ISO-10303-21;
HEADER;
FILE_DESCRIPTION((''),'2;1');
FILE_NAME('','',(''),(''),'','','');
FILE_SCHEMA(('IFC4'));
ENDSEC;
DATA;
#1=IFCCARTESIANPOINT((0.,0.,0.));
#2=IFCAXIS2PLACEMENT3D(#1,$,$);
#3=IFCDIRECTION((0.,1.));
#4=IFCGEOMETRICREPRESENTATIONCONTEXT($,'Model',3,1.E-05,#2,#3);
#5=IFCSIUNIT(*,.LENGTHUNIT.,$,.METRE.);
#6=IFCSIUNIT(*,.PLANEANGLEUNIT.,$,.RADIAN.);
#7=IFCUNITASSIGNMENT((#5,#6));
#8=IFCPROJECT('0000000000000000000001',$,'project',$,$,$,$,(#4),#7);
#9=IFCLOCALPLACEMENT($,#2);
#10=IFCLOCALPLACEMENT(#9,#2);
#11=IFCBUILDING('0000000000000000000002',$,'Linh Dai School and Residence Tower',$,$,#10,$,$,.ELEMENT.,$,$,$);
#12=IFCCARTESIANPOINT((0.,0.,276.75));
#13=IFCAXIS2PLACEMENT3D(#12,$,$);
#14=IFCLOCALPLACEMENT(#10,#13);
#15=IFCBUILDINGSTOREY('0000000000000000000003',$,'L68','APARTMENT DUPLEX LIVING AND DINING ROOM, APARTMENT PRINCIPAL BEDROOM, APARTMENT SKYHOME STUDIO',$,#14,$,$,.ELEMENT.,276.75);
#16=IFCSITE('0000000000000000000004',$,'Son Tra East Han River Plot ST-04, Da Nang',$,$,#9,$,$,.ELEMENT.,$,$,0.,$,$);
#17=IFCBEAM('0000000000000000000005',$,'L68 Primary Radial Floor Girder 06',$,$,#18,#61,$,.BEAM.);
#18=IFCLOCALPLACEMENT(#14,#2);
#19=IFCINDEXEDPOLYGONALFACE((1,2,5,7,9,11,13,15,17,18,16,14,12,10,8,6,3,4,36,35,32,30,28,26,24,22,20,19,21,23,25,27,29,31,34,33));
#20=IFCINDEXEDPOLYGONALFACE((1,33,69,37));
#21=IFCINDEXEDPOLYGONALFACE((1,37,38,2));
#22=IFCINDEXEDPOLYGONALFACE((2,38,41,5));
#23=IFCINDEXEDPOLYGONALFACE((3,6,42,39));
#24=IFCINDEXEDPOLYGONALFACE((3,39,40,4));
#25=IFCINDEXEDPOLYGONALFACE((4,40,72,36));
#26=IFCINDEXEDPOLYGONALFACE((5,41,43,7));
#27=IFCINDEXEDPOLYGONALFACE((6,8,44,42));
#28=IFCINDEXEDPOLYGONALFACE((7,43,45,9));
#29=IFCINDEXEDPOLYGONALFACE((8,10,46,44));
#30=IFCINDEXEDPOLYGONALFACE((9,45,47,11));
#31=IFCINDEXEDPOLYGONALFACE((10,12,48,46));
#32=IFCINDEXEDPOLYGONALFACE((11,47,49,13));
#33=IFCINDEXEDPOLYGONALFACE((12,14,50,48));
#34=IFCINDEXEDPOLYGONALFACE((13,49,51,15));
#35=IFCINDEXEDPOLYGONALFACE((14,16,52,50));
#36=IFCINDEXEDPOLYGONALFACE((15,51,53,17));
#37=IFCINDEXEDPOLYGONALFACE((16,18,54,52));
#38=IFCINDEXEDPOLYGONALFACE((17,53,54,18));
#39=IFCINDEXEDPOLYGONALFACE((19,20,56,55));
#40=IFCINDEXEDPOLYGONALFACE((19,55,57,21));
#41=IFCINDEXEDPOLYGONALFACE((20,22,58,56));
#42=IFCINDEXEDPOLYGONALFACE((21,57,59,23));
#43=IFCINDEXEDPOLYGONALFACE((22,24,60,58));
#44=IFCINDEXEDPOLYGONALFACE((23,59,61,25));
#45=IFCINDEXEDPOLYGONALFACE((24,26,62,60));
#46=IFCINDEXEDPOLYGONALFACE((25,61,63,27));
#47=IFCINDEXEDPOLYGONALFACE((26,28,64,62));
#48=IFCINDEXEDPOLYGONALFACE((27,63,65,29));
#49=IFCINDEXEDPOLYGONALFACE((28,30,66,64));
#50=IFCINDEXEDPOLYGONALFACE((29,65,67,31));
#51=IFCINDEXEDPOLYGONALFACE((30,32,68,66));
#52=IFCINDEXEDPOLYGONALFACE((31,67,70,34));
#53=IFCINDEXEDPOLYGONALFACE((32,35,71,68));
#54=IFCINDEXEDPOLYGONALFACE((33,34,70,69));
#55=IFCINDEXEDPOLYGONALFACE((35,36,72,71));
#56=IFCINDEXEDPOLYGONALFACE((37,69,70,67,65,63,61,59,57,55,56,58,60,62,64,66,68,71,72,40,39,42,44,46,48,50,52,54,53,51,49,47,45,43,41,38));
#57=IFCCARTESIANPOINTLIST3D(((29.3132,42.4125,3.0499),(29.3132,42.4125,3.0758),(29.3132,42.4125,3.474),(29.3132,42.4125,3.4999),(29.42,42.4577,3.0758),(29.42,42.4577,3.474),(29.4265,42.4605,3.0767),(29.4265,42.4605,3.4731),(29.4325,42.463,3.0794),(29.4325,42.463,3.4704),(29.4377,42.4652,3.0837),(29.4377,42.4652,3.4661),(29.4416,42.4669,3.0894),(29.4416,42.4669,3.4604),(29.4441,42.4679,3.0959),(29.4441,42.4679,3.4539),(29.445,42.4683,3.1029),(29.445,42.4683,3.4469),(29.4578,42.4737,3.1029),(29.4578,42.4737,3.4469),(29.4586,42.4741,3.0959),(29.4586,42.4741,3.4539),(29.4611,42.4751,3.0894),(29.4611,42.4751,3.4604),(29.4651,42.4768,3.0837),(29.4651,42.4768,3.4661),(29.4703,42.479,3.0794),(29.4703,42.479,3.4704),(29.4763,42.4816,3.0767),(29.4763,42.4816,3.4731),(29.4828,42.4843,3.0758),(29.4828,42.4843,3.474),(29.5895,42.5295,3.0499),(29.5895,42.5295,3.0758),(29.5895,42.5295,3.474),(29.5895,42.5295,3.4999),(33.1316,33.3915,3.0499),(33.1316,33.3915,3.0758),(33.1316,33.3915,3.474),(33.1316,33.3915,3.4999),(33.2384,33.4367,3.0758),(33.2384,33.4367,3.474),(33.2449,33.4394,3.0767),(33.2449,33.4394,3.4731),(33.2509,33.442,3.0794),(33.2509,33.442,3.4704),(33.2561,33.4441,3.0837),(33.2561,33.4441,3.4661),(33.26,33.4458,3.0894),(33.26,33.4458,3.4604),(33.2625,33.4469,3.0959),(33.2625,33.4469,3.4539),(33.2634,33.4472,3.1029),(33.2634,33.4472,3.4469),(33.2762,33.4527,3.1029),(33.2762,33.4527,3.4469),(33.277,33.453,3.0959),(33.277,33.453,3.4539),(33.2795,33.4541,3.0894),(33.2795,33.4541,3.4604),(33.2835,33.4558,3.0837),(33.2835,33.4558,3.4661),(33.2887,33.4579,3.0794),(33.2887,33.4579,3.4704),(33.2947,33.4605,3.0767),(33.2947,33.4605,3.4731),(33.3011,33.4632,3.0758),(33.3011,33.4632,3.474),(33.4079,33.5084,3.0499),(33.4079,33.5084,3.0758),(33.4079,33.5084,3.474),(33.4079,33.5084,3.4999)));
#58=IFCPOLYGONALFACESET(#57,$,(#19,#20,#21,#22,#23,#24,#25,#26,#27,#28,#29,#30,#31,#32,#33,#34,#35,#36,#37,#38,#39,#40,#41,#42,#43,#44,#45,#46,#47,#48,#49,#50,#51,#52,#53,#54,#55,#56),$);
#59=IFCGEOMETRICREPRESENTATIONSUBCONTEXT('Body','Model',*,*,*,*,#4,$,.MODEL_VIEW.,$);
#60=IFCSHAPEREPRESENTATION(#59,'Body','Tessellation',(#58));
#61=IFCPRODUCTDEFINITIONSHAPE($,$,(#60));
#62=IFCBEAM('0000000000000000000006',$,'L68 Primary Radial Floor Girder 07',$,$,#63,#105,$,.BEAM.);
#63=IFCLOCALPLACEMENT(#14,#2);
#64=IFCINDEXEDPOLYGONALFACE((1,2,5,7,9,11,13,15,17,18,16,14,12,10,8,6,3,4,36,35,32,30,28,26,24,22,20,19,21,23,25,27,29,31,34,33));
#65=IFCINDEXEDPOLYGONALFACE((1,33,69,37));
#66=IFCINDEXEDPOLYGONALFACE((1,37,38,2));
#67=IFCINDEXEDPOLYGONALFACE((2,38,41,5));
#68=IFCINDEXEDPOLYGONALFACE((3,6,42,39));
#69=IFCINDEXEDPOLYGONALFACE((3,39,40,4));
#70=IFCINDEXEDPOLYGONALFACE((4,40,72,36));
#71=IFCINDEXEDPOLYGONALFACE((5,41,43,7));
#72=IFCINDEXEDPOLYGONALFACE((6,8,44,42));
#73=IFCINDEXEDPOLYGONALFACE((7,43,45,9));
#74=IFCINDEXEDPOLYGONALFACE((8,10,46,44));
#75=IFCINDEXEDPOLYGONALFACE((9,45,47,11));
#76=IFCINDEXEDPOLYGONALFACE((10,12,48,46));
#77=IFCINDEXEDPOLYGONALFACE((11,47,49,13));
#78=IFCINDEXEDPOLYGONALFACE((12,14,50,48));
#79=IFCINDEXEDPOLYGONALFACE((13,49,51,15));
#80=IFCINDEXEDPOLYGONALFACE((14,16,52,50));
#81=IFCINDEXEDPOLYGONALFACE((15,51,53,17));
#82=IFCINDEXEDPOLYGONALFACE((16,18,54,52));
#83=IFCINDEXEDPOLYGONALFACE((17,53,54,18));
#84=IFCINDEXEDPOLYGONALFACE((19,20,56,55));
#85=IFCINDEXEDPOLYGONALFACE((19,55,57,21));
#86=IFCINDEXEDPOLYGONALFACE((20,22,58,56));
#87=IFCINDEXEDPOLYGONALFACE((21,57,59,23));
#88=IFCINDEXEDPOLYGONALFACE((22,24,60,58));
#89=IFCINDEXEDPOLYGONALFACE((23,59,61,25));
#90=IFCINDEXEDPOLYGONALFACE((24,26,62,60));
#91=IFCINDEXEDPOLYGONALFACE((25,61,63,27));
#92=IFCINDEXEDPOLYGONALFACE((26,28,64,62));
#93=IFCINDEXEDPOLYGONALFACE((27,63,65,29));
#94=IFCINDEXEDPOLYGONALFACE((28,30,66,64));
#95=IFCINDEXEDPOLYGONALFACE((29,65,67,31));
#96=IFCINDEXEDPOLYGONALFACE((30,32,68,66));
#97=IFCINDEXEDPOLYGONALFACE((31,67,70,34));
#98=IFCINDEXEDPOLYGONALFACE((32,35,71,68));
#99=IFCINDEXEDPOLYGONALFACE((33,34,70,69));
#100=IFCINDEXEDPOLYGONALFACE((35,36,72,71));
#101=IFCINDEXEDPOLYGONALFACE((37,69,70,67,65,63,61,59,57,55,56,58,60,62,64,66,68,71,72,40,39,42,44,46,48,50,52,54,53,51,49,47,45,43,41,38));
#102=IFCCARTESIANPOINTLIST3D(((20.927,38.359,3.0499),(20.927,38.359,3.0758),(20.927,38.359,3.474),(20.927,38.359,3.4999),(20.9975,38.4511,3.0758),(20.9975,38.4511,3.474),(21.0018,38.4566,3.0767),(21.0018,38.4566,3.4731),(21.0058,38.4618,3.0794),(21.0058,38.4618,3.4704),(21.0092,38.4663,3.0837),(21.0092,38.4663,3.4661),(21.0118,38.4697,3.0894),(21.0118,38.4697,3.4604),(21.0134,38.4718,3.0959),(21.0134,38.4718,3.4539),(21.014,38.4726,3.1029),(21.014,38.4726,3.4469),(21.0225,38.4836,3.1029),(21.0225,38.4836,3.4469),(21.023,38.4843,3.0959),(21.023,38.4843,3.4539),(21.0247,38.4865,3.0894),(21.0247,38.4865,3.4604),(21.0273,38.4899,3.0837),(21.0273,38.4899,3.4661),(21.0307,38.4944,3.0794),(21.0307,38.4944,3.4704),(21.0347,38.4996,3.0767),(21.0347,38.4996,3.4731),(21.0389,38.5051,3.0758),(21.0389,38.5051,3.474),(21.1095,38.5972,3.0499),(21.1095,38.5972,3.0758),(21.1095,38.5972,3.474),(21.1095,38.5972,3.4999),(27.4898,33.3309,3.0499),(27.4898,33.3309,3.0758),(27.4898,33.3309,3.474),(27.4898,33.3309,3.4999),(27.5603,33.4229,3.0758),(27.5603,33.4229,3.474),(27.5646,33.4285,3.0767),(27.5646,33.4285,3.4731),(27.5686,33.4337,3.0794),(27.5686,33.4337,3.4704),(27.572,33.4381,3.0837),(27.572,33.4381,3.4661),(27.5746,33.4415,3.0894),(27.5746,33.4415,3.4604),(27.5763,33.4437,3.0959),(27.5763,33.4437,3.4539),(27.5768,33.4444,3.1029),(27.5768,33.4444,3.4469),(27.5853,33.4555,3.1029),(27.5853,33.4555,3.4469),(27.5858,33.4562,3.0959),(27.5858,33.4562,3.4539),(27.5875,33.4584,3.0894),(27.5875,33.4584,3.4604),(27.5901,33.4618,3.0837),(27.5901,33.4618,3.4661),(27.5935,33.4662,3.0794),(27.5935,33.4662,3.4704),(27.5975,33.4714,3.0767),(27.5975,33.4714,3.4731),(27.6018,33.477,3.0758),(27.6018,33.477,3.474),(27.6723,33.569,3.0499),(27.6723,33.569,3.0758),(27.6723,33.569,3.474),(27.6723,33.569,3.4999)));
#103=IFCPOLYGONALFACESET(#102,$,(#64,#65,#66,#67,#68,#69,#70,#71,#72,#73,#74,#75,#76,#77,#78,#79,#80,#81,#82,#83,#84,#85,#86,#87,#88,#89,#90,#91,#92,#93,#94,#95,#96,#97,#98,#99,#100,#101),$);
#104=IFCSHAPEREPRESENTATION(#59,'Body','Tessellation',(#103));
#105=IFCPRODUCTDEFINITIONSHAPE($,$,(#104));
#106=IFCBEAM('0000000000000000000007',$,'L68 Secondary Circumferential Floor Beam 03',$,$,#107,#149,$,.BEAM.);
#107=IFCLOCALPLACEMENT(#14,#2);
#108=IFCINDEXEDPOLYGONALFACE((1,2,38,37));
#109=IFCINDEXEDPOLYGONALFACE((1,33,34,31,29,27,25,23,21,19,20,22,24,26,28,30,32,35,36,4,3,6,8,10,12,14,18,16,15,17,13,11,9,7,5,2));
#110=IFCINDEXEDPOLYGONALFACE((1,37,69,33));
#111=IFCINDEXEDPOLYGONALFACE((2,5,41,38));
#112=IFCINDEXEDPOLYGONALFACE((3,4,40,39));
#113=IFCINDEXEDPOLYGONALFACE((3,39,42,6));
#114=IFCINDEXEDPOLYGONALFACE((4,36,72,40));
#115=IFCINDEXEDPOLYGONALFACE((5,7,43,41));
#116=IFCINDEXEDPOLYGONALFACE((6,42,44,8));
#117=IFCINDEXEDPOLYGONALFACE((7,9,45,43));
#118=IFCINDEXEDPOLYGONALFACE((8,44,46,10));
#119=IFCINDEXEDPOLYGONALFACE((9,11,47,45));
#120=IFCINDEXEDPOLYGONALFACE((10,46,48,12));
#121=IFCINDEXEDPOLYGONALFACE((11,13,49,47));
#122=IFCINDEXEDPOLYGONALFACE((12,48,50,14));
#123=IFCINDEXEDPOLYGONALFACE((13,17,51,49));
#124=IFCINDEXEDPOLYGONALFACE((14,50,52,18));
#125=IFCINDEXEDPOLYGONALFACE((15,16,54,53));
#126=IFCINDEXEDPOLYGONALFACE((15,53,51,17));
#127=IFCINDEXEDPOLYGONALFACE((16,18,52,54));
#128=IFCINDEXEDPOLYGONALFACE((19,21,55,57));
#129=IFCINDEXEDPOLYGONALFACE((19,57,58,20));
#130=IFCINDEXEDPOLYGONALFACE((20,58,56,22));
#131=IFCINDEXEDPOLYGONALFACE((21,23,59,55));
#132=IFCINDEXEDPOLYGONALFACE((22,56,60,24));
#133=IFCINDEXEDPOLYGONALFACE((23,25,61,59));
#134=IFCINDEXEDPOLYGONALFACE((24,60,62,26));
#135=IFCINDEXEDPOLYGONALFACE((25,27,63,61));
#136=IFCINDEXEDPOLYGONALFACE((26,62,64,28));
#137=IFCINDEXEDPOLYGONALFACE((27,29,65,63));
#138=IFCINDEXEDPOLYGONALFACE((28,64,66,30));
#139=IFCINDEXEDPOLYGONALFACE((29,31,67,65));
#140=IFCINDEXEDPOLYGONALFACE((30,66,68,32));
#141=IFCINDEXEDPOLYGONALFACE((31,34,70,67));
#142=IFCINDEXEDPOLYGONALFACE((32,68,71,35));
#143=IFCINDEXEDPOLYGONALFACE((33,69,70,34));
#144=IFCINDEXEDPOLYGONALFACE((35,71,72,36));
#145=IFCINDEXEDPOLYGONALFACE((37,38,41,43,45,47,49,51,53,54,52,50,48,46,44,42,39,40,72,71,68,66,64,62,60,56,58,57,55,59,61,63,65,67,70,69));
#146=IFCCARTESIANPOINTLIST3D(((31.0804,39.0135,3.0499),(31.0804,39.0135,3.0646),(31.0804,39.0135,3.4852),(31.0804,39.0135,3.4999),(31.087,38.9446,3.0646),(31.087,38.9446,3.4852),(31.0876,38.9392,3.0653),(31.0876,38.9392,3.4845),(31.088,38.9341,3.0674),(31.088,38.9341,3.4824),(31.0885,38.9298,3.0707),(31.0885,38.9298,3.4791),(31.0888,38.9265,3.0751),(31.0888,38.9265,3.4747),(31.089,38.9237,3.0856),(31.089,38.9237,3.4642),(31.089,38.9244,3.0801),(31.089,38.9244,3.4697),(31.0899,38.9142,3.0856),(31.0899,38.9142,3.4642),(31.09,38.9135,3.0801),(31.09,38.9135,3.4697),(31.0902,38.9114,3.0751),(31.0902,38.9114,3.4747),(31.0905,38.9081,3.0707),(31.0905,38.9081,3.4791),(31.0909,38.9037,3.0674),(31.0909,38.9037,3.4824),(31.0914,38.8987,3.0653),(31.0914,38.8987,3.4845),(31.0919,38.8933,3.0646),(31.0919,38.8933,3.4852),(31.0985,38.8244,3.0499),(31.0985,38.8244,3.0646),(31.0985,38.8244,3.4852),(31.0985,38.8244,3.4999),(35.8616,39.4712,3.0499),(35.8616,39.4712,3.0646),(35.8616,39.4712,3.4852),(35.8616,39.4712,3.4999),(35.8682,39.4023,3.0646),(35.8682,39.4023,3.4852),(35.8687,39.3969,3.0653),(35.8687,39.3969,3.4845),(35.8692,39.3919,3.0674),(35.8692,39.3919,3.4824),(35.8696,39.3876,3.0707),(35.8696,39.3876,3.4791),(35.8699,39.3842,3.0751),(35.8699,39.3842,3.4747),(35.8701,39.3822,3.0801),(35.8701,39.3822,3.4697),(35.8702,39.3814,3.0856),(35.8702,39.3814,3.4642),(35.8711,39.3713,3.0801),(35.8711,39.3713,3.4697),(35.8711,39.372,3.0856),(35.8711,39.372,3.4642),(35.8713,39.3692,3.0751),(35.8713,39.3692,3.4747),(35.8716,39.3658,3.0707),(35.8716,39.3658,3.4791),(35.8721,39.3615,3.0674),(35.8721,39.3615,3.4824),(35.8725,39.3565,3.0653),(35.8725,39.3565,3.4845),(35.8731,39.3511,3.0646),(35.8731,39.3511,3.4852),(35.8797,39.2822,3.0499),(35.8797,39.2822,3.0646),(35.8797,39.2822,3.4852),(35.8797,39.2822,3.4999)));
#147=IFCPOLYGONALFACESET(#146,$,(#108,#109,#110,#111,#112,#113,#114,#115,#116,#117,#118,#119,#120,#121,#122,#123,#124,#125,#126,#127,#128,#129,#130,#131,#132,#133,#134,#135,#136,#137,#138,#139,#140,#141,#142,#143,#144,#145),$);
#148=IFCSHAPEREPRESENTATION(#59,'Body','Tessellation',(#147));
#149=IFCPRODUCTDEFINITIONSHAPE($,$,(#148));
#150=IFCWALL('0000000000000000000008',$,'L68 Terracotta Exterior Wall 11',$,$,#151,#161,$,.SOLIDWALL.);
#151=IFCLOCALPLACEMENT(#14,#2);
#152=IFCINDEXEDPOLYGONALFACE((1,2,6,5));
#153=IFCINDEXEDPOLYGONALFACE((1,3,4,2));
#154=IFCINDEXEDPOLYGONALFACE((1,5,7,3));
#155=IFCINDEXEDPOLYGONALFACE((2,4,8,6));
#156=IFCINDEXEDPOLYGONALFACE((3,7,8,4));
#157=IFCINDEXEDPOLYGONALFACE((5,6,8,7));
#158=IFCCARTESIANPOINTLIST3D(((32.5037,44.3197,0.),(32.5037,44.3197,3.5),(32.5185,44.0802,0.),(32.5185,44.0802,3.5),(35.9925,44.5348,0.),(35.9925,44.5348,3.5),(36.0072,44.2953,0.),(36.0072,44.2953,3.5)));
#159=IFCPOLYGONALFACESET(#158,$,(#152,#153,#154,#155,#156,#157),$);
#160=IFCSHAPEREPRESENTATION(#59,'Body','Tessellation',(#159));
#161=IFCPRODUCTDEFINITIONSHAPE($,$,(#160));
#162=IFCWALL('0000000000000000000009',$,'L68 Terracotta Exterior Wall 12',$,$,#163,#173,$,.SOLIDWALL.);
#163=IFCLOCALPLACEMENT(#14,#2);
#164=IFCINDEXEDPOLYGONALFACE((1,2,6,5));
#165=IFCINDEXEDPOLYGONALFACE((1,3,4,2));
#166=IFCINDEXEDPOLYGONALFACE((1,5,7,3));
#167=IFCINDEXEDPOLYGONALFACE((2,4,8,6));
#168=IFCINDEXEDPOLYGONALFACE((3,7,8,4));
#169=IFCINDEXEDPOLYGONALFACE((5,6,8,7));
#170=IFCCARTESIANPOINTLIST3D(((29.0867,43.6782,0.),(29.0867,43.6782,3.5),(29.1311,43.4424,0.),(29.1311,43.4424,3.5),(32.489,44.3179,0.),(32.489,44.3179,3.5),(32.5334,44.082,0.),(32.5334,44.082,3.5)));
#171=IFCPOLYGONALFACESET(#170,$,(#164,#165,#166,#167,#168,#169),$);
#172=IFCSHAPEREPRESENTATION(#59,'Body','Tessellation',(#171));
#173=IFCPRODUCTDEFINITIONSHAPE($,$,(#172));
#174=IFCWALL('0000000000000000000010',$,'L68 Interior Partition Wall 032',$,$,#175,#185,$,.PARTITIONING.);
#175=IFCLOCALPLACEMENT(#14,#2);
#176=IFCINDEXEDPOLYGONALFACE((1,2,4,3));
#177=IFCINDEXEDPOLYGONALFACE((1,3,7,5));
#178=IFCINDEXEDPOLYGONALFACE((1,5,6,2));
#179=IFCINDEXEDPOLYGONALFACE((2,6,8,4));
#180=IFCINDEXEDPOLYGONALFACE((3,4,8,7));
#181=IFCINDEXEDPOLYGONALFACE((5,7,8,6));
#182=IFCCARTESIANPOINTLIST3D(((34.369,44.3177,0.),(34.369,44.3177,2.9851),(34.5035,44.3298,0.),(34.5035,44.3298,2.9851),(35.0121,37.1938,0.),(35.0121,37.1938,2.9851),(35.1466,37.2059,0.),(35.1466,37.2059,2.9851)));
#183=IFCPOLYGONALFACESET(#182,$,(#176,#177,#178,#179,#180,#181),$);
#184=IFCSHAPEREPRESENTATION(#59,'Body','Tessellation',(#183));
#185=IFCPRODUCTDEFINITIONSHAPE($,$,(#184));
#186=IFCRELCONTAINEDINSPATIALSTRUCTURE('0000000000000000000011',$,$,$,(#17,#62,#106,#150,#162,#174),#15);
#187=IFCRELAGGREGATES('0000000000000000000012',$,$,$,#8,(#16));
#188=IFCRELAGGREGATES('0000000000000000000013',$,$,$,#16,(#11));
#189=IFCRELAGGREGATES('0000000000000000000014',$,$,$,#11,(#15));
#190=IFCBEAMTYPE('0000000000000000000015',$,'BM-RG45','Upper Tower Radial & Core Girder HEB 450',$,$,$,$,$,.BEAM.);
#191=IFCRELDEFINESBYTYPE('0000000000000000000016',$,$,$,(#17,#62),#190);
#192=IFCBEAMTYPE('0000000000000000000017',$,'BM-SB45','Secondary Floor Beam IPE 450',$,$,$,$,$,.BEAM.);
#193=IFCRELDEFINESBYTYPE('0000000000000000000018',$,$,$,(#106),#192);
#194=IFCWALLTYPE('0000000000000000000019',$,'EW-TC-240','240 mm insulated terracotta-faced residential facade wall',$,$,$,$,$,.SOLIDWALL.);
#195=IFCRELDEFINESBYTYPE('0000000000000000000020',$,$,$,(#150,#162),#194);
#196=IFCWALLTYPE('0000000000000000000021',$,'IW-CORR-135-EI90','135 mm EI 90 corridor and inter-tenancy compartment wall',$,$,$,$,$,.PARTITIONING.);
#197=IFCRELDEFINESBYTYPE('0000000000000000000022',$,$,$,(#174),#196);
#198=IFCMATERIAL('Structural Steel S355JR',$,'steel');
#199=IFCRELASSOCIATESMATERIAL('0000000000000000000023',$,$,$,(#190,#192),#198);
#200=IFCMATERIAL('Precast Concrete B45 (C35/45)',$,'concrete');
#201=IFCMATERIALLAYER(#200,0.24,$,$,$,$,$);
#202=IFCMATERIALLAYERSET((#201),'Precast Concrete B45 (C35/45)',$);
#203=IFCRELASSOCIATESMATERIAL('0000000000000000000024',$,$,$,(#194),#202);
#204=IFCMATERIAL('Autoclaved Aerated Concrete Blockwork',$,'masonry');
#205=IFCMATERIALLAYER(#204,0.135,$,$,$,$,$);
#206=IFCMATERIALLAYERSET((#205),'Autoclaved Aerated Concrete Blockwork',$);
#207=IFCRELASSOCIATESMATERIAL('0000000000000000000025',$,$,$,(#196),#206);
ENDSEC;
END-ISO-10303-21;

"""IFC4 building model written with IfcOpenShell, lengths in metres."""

from ifc_helpers import new_model, si_unit, direction, frame, frame_2d, origin, origin_2d, place, context, subcontext, project, spatial, rectangle, i_section, extrude, material, layer, layer_set, material_profile, profile_set, type_object, element, save


model = new_model("IFC4")

# Units and contexts
model_context = context("Model", 3, precision=1e-05, world=origin(), true_north=direction((0.0, 1.0)))
body_context = subcontext(model_context, "Body", "Model", "MODEL_VIEW")
ifc_project = project(units=[si_unit("LENGTHUNIT", "METRE"), si_unit("PLANEANGLEUNIT", "RADIAN")], contexts=[model_context])

# Site, building, storey
site_placement = place(None, origin())
site = spatial("IfcSite", under=ifc_project, at=site_placement, Name="Son Tra East Han River Plot ST-04, Da Nang", CompositionType="ELEMENT", RefElevation=0.0)
building_placement = place(site_placement, origin())
building = spatial("IfcBuilding", under=site, at=building_placement, Name="Linh Dai School and Residence Tower", CompositionType="ELEMENT")
storey_placement = place(building_placement, frame((0.0, 0.0, 276.75)))
storey = spatial("IfcBuildingStorey", under=building, at=storey_placement, Name="L68", Description="APARTMENT DUPLEX LIVING AND DINING ROOM, APARTMENT PRINCIPAL BEDROOM, APARTMENT SKYHOME STUDIO", CompositionType="ELEMENT", Elevation=276.75)

# Shared definitions
ifc_material_1 = material(Name="Structural Steel S355JR", Category="steel")

# Beams
ifc_material_profile_1 = material_profile(ifc_material_1, i_section(OverallWidth=0.3, OverallDepth=0.45, WebThickness=0.0139, FlangeThickness=0.0259, FilletRadius=0.0271, at=origin_2d()), Name="HEB 450")
ifc_profile_set_1 = profile_set([ifc_material_profile_1], Name="Structural Steel S355JR")
beam_type_1 = type_object("IfcBeamType", Name="BM-RG45", Description="Upper Tower Radial & Core Girder HEB 450", PredefinedType="BEAM", material=ifc_profile_set_1)
beam_1_placement = place(storey_placement, frame((33.2698, 33.45, 3.2749), z_axis=(-0.389794, 0.920902, 0.0), x_axis=(-0.920902, -0.389794, 0.0)))
element("IfcBeam", 1, at=beam_1_placement, inside=storey, type_object=beam_type_1, Name="L68 Primary Radial Floor Girder 06", PredefinedType="BEAM", context=body_context, shape_type="SweptSolid", body=[
    extrude(i_section(OverallWidth=0.3, OverallDepth=0.45, WebThickness=0.0139, FlangeThickness=0.0259, FilletRadius=0.0271, at=origin_2d()), origin(), (0.0, 0.0, 1.0), 9.7959),
])
beam_2_placement = place(storey_placement, frame((27.5811, 33.45, 3.2749), z_axis=(-0.793803, 0.608175, 0.0), x_axis=(-0.608175, -0.793803, 0.0)))
element("IfcBeam", 2, at=beam_2_placement, inside=storey, type_object=beam_type_1, Name="L68 Primary Radial Floor Girder 07", PredefinedType="BEAM", context=body_context, shape_type="SweptSolid", body=[
    extrude(i_section(OverallWidth=0.3, OverallDepth=0.45, WebThickness=0.0139, FlangeThickness=0.0259, FilletRadius=0.0271, at=origin_2d()), origin(), (0.0, 0.0, 1.0), 8.2676),
])
ifc_material_profile_2 = material_profile(ifc_material_1, i_section(OverallWidth=0.1899, OverallDepth=0.45, WebThickness=0.0095, FlangeThickness=0.0146, FilletRadius=0.021, at=origin_2d()), Name="IPE 450")
ifc_profile_set_2 = profile_set([ifc_material_profile_2], Name="Structural Steel S355JR")
beam_type_2 = type_object("IfcBeamType", Name="BM-SB45", Description="Secondary Floor Beam IPE 450", PredefinedType="BEAM", material=ifc_profile_set_2)
beam_3_placement = place(storey_placement, frame((35.8706, 39.3767, 3.2749), z_axis=(-0.995448, -0.09531, 0.0), x_axis=(0.09531, -0.995448, 0.0)))
element("IfcBeam", 3, at=beam_3_placement, inside=storey, type_object=beam_type_2, Name="L68 Secondary Circumferential Floor Beam 03", PredefinedType="BEAM", context=body_context, shape_type="SweptSolid", body=[
    extrude(i_section(OverallWidth=0.1899, OverallDepth=0.45, WebThickness=0.0095, FlangeThickness=0.0146, FilletRadius=0.021, at=origin_2d()), origin(), (0.0, 0.0, 1.0), 4.803),
])

# Walls
ifc_material_2 = material(Name="Precast Concrete B45 (C35/45)", Category="concrete")
ifc_layer_1 = layer(ifc_material_2, 0.24)
ifc_layer_set_1 = layer_set([ifc_layer_1], Name="Precast Concrete B45 (C35/45)")
wall_type_1 = type_object("IfcWallType", Name="EW-TC-240", Description="240 mm insulated terracotta-faced residential facade wall", PredefinedType="SOLIDWALL", material=ifc_layer_set_1)
wall_1_placement = place(storey_placement, frame((32.5112, 44.2, 0.0), z_axis=(0.0, 0.0, 1.0), x_axis=(0.998105, 0.061535, 0.0)))
element("IfcWall", 4, at=wall_1_placement, inside=storey, type_object=wall_type_1, Name="L68 Terracotta Exterior Wall 11", PredefinedType="SOLIDWALL", context=body_context, shape_type="SweptSolid", body=[
    extrude(rectangle(XDim=3.4954, YDim=0.24, at=frame_2d((1.7476, 0.0))), origin(), (0.0, 0.0, 1.0), 3.5),
])
wall_2_placement = place(storey_placement, frame((29.1089, 43.5603, 0.0), z_axis=(0.0, 0.0, 1.0), x_axis=(0.982783, 0.184765, 0.0)))
element("IfcWall", 5, at=wall_2_placement, inside=storey, type_object=wall_type_1, Name="L68 Terracotta Exterior Wall 12", PredefinedType="SOLIDWALL", context=body_context, shape_type="SweptSolid", body=[
    extrude(rectangle(XDim=3.4619, YDim=0.24, at=frame_2d((1.731, 0.0))), origin(), (0.0, 0.0, 1.0), 3.5),
])
ifc_material_3 = material(Name="Autoclaved Aerated Concrete Blockwork", Category="masonry")
ifc_layer_2 = layer(ifc_material_3, 0.135)
ifc_layer_set_2 = layer_set([ifc_layer_2], Name="Autoclaved Aerated Concrete Blockwork")
wall_type_2 = type_object("IfcWallType", Name="IW-CORR-135-EI90", Description="135 mm EI 90 corridor and inter-tenancy compartment wall", PredefinedType="PARTITIONING", material=ifc_layer_set_2)
wall_3_placement = place(storey_placement, frame((34.4363, 44.3237, 0.0), z_axis=(0.0, 0.0, 1.0), x_axis=(0.089905, -0.99595, 0.0)))
element("IfcWall", 6, at=wall_3_placement, inside=storey, type_object=wall_type_2, Name="L68 Interior Partition Wall 032", PredefinedType="PARTITIONING", context=body_context, shape_type="SweptSolid", body=[
    extrude(rectangle(XDim=7.1528, YDim=0.135, at=frame_2d((3.5764, 0.0))), origin(), (0.0, 0.0, 1.0), 2.9851),
])

save(model, "model.ifc")
